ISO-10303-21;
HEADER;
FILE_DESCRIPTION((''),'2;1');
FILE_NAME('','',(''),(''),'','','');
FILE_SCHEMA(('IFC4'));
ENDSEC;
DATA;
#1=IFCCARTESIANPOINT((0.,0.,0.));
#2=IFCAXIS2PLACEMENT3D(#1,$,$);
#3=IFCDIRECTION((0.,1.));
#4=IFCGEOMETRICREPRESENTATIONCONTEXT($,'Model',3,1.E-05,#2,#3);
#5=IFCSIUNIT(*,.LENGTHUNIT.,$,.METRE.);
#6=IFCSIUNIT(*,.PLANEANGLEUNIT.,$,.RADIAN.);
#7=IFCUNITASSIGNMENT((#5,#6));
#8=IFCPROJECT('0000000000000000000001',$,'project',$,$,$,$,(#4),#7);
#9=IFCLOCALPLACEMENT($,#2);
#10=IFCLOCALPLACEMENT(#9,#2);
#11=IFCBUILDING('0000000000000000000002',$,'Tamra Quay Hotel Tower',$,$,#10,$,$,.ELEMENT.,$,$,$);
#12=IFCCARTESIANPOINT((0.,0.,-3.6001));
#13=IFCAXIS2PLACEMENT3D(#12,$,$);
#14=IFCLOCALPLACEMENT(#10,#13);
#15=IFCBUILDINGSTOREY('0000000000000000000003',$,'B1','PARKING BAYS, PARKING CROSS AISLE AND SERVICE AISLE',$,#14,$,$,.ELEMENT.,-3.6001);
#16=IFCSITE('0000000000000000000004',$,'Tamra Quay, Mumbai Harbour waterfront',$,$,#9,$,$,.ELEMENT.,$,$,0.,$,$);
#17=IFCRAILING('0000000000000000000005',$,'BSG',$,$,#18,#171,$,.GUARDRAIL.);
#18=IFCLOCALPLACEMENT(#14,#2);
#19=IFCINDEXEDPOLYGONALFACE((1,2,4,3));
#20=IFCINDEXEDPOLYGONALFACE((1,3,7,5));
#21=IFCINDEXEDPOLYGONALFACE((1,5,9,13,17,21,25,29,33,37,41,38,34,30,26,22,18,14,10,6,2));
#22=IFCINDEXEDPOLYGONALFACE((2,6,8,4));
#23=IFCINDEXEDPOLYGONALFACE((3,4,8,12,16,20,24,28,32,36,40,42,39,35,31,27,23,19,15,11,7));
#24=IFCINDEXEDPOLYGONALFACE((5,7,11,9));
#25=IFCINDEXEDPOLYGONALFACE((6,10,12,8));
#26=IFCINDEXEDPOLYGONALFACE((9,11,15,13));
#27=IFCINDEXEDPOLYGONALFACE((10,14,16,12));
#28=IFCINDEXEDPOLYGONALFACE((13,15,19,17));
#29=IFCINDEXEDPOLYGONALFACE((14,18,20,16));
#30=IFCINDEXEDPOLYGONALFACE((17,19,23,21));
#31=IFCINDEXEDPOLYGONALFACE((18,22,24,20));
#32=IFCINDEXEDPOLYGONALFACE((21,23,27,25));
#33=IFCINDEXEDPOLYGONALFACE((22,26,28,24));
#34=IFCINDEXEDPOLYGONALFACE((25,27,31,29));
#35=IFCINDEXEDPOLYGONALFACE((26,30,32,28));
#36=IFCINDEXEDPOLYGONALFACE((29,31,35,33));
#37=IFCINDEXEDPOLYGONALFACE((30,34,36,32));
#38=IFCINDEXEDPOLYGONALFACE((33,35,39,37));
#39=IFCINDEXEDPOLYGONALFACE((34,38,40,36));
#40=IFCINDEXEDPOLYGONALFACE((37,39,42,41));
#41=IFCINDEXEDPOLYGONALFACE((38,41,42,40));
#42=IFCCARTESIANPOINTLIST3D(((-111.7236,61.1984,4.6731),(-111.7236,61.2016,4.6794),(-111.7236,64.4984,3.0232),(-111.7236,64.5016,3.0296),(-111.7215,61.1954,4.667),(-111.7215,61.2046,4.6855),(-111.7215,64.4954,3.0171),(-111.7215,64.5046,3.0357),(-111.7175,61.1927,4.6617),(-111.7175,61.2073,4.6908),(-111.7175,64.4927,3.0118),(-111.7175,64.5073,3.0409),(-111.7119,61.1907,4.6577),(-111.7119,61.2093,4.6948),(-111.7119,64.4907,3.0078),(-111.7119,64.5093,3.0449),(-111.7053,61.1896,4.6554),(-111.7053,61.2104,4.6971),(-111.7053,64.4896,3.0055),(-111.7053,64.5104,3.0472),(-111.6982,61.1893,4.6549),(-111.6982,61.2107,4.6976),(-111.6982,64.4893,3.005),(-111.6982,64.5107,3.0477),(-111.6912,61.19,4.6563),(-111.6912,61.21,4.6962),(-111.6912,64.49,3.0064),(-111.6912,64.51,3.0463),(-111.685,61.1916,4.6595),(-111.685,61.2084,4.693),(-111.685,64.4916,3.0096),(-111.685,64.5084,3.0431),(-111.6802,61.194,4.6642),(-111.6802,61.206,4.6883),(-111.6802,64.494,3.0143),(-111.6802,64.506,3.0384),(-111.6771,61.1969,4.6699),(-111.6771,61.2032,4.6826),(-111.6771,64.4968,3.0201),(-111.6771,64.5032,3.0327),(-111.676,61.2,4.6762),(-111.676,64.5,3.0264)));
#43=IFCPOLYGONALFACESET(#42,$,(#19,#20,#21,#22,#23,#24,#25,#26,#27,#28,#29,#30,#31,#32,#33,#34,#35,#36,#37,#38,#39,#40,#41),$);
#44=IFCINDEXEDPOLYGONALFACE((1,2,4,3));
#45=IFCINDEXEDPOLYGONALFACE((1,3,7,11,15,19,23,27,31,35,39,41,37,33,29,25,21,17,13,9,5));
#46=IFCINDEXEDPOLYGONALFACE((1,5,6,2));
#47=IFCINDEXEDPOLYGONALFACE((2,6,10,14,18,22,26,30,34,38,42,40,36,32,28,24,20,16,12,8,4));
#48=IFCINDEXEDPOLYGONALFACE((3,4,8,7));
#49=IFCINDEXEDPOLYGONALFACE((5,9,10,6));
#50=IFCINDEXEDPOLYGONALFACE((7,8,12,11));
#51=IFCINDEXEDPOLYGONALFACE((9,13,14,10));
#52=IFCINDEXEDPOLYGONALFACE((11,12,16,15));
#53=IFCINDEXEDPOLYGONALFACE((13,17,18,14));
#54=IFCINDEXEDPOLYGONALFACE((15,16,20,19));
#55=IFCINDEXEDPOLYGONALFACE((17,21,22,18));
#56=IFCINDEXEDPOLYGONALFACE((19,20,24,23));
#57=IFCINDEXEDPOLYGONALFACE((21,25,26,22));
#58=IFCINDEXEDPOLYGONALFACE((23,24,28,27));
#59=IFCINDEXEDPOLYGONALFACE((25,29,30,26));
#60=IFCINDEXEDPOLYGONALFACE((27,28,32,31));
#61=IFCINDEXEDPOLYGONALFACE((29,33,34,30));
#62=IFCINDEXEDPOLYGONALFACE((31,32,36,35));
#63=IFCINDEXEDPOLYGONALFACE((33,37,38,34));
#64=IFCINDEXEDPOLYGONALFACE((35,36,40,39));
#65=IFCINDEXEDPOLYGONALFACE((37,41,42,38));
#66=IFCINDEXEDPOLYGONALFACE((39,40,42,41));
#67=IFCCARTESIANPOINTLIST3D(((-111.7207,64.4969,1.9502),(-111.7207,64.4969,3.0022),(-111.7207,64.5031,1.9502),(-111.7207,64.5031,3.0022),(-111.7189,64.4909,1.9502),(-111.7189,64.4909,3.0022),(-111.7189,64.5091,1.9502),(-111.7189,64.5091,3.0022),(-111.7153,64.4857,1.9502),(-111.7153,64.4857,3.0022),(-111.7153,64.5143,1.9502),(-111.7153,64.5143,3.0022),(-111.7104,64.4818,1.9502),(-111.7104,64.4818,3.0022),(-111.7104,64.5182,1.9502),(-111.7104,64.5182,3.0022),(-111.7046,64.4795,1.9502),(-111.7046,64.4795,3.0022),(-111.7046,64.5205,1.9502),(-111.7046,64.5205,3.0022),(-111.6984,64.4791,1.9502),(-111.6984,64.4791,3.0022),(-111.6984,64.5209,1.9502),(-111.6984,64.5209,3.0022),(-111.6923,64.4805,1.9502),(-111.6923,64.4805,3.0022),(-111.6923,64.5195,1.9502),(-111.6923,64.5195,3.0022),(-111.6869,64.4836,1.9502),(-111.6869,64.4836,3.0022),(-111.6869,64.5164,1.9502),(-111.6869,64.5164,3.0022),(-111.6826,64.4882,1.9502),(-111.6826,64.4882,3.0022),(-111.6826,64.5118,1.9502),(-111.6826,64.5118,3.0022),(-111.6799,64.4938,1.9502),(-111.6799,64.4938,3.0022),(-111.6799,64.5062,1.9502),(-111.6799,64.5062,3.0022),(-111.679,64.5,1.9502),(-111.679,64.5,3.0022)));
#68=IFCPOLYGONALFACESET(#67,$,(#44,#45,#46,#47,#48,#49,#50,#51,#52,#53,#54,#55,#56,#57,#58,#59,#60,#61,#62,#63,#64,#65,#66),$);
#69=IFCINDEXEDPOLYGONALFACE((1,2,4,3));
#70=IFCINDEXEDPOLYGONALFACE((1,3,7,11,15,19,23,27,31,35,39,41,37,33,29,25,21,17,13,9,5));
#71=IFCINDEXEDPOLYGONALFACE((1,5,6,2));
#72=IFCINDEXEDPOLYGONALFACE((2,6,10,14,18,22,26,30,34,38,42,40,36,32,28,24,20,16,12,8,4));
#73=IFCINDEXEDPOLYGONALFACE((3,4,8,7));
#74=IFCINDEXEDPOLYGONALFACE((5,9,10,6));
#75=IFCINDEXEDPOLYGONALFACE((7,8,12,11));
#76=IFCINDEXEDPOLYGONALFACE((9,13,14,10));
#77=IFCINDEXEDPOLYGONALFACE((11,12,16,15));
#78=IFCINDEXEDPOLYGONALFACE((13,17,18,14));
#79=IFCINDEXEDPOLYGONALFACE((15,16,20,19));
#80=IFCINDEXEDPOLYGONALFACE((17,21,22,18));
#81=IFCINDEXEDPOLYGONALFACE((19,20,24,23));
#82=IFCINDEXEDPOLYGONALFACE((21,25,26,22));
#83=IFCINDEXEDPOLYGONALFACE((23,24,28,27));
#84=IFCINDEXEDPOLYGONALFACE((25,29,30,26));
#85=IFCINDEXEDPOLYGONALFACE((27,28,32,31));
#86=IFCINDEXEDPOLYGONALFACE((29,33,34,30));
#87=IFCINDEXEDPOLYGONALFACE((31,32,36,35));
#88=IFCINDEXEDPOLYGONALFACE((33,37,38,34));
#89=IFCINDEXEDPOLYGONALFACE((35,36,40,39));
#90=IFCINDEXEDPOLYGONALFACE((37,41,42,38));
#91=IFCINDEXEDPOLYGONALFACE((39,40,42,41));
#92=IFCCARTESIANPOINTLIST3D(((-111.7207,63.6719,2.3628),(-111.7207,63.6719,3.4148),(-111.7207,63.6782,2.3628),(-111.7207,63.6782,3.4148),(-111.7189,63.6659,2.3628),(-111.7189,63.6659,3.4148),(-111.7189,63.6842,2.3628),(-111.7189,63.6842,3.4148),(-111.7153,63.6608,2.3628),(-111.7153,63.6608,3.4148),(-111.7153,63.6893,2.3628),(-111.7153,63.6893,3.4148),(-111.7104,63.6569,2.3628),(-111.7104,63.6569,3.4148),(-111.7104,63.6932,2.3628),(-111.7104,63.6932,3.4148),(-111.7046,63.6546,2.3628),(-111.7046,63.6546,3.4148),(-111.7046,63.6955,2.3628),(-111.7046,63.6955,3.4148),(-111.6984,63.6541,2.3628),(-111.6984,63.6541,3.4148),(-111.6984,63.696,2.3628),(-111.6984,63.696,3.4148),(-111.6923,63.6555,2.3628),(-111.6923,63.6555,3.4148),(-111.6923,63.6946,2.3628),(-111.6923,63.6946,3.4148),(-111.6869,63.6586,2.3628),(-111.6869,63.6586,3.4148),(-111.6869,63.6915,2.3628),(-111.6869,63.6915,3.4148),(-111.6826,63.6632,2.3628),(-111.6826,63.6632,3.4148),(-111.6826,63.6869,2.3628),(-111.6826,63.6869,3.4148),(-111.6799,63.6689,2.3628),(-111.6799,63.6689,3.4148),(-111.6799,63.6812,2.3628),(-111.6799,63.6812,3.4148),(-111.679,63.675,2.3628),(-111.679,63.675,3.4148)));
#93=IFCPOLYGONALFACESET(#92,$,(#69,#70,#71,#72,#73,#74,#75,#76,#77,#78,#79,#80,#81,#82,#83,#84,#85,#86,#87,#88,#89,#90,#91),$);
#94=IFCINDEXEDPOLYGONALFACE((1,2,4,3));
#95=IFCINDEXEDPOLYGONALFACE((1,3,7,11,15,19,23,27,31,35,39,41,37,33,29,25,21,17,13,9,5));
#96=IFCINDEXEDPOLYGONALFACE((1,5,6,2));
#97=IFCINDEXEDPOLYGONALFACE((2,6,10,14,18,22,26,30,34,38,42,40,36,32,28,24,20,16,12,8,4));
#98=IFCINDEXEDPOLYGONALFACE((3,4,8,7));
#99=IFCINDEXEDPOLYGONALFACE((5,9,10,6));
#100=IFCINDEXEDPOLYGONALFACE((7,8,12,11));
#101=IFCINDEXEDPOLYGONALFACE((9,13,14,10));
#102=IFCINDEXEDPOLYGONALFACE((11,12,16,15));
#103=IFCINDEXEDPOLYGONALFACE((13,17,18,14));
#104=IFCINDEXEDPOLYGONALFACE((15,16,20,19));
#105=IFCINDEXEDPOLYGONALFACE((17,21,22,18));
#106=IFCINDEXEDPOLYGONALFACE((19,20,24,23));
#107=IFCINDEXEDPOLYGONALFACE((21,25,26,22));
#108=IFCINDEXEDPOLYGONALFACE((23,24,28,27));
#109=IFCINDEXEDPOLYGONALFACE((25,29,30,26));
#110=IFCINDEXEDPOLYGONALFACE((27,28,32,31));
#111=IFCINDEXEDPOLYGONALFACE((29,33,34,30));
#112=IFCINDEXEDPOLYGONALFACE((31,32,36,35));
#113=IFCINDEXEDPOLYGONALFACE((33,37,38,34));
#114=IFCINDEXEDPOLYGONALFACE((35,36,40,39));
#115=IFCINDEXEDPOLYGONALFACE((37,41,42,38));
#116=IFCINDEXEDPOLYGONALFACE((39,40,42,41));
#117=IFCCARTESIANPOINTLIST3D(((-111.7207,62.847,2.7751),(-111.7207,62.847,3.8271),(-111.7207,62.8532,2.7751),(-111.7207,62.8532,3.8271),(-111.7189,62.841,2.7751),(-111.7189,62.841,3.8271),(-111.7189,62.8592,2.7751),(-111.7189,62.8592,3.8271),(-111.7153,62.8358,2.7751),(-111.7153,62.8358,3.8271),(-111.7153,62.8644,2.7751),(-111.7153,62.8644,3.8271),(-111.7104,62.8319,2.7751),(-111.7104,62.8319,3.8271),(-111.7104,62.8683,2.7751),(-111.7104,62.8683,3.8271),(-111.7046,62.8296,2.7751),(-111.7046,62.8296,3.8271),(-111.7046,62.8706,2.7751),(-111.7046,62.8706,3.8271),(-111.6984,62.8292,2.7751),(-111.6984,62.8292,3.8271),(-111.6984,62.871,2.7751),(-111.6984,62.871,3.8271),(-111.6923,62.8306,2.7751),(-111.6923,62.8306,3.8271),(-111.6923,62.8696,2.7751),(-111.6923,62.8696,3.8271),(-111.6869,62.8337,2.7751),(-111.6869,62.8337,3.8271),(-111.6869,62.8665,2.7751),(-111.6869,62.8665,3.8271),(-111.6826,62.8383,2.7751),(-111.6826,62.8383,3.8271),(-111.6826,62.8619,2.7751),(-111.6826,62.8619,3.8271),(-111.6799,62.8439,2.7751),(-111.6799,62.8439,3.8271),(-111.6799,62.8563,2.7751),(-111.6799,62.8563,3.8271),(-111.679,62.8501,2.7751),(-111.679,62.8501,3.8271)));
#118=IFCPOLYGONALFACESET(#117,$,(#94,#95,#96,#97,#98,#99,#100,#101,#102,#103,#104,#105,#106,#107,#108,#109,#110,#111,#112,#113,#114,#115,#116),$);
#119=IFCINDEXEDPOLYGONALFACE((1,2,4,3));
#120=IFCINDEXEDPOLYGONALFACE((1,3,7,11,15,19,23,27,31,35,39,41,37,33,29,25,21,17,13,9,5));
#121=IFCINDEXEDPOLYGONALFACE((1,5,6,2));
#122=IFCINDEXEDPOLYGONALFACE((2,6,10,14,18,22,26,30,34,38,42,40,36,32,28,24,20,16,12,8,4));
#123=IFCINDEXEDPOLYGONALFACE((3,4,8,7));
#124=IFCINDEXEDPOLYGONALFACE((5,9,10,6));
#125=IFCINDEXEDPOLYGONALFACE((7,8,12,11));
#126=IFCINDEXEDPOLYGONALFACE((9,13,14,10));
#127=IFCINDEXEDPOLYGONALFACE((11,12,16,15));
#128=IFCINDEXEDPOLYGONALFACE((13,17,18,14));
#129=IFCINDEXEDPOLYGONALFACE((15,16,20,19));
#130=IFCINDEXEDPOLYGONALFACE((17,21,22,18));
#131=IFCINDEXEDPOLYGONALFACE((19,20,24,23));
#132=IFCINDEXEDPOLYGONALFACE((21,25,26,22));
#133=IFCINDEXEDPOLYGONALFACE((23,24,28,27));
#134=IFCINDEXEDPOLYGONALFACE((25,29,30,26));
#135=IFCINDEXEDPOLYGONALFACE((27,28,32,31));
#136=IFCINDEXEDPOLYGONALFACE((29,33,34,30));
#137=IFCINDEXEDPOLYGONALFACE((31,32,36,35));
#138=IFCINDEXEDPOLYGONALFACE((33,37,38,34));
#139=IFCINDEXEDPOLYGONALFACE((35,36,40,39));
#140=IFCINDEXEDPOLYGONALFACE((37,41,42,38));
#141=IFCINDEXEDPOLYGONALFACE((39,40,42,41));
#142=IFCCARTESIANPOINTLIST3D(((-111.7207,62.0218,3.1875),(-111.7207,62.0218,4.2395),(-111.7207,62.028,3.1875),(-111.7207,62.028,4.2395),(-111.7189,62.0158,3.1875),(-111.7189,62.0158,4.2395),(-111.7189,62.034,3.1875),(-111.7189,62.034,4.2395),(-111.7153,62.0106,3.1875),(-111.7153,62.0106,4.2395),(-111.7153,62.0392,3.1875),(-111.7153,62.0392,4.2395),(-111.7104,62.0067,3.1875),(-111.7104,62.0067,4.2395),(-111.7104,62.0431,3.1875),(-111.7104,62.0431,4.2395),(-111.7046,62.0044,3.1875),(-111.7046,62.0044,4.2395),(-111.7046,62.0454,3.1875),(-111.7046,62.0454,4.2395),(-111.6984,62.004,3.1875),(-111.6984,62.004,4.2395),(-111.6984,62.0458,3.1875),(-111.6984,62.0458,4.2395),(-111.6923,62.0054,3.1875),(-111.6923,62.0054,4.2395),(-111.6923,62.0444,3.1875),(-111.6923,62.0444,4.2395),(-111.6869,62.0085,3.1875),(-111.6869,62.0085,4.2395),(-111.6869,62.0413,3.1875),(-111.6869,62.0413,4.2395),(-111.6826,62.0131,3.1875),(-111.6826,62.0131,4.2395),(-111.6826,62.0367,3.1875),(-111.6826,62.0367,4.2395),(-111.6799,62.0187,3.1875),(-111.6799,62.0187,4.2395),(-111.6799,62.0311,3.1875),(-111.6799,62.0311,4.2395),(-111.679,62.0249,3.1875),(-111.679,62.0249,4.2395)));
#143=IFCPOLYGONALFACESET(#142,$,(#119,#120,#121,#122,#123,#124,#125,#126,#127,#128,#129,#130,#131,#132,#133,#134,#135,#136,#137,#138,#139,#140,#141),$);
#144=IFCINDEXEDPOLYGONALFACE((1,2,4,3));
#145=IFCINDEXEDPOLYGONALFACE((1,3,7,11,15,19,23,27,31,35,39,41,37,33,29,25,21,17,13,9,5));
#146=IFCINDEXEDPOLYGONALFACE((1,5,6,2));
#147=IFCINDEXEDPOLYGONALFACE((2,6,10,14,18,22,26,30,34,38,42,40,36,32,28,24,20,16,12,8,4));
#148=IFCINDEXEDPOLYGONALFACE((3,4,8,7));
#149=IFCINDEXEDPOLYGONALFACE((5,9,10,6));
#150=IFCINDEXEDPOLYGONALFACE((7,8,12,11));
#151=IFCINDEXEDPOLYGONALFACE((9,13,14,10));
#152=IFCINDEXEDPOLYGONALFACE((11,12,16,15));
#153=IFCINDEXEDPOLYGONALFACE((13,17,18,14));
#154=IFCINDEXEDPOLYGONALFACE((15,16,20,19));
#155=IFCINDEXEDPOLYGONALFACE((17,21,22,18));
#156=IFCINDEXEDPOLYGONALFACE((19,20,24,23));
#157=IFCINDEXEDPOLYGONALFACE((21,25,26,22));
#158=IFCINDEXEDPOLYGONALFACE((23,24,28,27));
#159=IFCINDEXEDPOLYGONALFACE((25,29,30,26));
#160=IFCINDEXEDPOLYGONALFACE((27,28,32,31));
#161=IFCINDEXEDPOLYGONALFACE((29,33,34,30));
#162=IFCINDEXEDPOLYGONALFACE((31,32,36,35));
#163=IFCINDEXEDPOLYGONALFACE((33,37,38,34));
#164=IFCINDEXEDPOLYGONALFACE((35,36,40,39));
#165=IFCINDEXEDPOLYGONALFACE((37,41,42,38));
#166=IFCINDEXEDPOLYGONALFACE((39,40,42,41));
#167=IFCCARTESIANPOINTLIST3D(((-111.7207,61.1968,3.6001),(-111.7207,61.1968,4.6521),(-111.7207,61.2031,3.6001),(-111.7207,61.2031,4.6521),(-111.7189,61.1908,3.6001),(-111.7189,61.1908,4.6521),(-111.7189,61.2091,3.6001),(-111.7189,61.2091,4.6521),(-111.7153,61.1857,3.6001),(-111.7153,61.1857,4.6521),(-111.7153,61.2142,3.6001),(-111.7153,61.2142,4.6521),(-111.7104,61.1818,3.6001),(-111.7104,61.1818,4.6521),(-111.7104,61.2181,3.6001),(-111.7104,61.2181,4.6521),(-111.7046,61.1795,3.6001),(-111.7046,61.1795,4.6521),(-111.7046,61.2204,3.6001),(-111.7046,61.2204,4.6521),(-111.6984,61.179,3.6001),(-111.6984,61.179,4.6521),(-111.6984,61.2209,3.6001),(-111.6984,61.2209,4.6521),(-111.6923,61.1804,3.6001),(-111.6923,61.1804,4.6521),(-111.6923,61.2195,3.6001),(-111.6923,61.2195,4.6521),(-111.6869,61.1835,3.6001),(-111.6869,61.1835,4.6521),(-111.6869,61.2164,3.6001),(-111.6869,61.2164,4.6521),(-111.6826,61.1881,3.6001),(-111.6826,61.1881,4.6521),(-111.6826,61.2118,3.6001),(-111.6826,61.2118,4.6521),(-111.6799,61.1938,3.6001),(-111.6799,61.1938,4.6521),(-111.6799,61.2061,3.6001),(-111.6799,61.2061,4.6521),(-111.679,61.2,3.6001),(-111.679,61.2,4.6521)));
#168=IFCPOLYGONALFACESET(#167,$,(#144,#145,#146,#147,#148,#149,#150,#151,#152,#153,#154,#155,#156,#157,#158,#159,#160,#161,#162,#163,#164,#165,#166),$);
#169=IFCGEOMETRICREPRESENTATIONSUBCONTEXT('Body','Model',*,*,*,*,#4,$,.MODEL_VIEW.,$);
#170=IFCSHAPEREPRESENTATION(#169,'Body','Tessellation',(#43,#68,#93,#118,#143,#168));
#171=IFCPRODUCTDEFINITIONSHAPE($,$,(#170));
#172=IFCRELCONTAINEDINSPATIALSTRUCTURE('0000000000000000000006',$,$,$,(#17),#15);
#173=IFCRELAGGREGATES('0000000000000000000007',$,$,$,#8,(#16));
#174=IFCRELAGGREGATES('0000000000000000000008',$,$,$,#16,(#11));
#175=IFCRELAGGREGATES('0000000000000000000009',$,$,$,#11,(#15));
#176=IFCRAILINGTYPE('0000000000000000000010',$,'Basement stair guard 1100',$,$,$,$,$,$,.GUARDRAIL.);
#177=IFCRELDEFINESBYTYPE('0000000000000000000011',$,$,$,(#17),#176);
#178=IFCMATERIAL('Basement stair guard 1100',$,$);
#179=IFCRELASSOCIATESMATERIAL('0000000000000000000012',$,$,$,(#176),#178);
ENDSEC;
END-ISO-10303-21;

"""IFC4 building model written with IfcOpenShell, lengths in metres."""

from ifc_helpers import new_model, si_unit, direction, frame, origin, origin_2d, place, context, subcontext, project, spatial, circle, extrude, material, type_object, element, save


model = new_model("IFC4")

# Units and contexts
model_context = context("Model", 3, precision=1e-05, world=origin(), true_north=direction((0.0, 1.0)))
body_context = subcontext(model_context, "Body", "Model", "MODEL_VIEW")
ifc_project = project(units=[si_unit("LENGTHUNIT", "METRE"), si_unit("PLANEANGLEUNIT", "RADIAN")], contexts=[model_context])

# Site, building, storey
site_placement = place(None, origin())
site = spatial("IfcSite", under=ifc_project, at=site_placement, Name="Tamra Quay, Mumbai Harbour waterfront", CompositionType="ELEMENT", RefElevation=0.0)
building_placement = place(site_placement, origin())
building = spatial("IfcBuilding", under=site, at=building_placement, Name="Tamra Quay Hotel Tower", CompositionType="ELEMENT")
storey_placement = place(building_placement, frame((0.0, 0.0, -3.6001)))
storey = spatial("IfcBuildingStorey", under=building, at=storey_placement, Name="B1", Description="PARKING BAYS, PARKING CROSS AISLE AND SERVICE AISLE", CompositionType="ELEMENT", Elevation=-3.6001)

# Railing
ifc_material_1 = material(Name="Basement stair guard 1100")
railing_type_1 = type_object("IfcRailingType", Name="Basement stair guard 1100", PredefinedType="GUARDRAIL", material=ifc_material_1)
railing_1_placement = place(storey_placement, frame((-111.7, 64.5, 1.9502)))
element("IfcRailing", 1, at=railing_1_placement, inside=storey, type_object=railing_type_1, Name="BSG", PredefinedType="GUARDRAIL", context=body_context, shape_type="SweptSolid", body=[
    extrude(circle(Radius=0.0239, at=origin_2d()), frame((0.0, 0.0, 1.0762), z_axis=(0.0, -0.89444, 0.447187), x_axis=(1.0, 0.0, 0.0)), (0.0, 0.0, 1.0), 3.6895),
    extrude(circle(Radius=0.021, at=origin_2d()), origin(), (0.0, 0.0, 1.0), 1.052),
    extrude(circle(Radius=0.021, at=origin_2d()), frame((0.0, -0.825, 0.4126)), (0.0, 0.0, 1.0), 1.052),
    extrude(circle(Radius=0.021, at=origin_2d()), frame((0.0, -1.6499, 0.825)), (0.0, 0.0, 1.0), 1.052),
    extrude(circle(Radius=0.021, at=origin_2d()), frame((0.0, -2.4751, 1.2373)), (0.0, 0.0, 1.0), 1.052),
    extrude(circle(Radius=0.021, at=origin_2d()), frame((0.0, -3.3, 1.6499)), (0.0, 0.0, 1.0), 1.052),
])

save(model, "model.ifc")
